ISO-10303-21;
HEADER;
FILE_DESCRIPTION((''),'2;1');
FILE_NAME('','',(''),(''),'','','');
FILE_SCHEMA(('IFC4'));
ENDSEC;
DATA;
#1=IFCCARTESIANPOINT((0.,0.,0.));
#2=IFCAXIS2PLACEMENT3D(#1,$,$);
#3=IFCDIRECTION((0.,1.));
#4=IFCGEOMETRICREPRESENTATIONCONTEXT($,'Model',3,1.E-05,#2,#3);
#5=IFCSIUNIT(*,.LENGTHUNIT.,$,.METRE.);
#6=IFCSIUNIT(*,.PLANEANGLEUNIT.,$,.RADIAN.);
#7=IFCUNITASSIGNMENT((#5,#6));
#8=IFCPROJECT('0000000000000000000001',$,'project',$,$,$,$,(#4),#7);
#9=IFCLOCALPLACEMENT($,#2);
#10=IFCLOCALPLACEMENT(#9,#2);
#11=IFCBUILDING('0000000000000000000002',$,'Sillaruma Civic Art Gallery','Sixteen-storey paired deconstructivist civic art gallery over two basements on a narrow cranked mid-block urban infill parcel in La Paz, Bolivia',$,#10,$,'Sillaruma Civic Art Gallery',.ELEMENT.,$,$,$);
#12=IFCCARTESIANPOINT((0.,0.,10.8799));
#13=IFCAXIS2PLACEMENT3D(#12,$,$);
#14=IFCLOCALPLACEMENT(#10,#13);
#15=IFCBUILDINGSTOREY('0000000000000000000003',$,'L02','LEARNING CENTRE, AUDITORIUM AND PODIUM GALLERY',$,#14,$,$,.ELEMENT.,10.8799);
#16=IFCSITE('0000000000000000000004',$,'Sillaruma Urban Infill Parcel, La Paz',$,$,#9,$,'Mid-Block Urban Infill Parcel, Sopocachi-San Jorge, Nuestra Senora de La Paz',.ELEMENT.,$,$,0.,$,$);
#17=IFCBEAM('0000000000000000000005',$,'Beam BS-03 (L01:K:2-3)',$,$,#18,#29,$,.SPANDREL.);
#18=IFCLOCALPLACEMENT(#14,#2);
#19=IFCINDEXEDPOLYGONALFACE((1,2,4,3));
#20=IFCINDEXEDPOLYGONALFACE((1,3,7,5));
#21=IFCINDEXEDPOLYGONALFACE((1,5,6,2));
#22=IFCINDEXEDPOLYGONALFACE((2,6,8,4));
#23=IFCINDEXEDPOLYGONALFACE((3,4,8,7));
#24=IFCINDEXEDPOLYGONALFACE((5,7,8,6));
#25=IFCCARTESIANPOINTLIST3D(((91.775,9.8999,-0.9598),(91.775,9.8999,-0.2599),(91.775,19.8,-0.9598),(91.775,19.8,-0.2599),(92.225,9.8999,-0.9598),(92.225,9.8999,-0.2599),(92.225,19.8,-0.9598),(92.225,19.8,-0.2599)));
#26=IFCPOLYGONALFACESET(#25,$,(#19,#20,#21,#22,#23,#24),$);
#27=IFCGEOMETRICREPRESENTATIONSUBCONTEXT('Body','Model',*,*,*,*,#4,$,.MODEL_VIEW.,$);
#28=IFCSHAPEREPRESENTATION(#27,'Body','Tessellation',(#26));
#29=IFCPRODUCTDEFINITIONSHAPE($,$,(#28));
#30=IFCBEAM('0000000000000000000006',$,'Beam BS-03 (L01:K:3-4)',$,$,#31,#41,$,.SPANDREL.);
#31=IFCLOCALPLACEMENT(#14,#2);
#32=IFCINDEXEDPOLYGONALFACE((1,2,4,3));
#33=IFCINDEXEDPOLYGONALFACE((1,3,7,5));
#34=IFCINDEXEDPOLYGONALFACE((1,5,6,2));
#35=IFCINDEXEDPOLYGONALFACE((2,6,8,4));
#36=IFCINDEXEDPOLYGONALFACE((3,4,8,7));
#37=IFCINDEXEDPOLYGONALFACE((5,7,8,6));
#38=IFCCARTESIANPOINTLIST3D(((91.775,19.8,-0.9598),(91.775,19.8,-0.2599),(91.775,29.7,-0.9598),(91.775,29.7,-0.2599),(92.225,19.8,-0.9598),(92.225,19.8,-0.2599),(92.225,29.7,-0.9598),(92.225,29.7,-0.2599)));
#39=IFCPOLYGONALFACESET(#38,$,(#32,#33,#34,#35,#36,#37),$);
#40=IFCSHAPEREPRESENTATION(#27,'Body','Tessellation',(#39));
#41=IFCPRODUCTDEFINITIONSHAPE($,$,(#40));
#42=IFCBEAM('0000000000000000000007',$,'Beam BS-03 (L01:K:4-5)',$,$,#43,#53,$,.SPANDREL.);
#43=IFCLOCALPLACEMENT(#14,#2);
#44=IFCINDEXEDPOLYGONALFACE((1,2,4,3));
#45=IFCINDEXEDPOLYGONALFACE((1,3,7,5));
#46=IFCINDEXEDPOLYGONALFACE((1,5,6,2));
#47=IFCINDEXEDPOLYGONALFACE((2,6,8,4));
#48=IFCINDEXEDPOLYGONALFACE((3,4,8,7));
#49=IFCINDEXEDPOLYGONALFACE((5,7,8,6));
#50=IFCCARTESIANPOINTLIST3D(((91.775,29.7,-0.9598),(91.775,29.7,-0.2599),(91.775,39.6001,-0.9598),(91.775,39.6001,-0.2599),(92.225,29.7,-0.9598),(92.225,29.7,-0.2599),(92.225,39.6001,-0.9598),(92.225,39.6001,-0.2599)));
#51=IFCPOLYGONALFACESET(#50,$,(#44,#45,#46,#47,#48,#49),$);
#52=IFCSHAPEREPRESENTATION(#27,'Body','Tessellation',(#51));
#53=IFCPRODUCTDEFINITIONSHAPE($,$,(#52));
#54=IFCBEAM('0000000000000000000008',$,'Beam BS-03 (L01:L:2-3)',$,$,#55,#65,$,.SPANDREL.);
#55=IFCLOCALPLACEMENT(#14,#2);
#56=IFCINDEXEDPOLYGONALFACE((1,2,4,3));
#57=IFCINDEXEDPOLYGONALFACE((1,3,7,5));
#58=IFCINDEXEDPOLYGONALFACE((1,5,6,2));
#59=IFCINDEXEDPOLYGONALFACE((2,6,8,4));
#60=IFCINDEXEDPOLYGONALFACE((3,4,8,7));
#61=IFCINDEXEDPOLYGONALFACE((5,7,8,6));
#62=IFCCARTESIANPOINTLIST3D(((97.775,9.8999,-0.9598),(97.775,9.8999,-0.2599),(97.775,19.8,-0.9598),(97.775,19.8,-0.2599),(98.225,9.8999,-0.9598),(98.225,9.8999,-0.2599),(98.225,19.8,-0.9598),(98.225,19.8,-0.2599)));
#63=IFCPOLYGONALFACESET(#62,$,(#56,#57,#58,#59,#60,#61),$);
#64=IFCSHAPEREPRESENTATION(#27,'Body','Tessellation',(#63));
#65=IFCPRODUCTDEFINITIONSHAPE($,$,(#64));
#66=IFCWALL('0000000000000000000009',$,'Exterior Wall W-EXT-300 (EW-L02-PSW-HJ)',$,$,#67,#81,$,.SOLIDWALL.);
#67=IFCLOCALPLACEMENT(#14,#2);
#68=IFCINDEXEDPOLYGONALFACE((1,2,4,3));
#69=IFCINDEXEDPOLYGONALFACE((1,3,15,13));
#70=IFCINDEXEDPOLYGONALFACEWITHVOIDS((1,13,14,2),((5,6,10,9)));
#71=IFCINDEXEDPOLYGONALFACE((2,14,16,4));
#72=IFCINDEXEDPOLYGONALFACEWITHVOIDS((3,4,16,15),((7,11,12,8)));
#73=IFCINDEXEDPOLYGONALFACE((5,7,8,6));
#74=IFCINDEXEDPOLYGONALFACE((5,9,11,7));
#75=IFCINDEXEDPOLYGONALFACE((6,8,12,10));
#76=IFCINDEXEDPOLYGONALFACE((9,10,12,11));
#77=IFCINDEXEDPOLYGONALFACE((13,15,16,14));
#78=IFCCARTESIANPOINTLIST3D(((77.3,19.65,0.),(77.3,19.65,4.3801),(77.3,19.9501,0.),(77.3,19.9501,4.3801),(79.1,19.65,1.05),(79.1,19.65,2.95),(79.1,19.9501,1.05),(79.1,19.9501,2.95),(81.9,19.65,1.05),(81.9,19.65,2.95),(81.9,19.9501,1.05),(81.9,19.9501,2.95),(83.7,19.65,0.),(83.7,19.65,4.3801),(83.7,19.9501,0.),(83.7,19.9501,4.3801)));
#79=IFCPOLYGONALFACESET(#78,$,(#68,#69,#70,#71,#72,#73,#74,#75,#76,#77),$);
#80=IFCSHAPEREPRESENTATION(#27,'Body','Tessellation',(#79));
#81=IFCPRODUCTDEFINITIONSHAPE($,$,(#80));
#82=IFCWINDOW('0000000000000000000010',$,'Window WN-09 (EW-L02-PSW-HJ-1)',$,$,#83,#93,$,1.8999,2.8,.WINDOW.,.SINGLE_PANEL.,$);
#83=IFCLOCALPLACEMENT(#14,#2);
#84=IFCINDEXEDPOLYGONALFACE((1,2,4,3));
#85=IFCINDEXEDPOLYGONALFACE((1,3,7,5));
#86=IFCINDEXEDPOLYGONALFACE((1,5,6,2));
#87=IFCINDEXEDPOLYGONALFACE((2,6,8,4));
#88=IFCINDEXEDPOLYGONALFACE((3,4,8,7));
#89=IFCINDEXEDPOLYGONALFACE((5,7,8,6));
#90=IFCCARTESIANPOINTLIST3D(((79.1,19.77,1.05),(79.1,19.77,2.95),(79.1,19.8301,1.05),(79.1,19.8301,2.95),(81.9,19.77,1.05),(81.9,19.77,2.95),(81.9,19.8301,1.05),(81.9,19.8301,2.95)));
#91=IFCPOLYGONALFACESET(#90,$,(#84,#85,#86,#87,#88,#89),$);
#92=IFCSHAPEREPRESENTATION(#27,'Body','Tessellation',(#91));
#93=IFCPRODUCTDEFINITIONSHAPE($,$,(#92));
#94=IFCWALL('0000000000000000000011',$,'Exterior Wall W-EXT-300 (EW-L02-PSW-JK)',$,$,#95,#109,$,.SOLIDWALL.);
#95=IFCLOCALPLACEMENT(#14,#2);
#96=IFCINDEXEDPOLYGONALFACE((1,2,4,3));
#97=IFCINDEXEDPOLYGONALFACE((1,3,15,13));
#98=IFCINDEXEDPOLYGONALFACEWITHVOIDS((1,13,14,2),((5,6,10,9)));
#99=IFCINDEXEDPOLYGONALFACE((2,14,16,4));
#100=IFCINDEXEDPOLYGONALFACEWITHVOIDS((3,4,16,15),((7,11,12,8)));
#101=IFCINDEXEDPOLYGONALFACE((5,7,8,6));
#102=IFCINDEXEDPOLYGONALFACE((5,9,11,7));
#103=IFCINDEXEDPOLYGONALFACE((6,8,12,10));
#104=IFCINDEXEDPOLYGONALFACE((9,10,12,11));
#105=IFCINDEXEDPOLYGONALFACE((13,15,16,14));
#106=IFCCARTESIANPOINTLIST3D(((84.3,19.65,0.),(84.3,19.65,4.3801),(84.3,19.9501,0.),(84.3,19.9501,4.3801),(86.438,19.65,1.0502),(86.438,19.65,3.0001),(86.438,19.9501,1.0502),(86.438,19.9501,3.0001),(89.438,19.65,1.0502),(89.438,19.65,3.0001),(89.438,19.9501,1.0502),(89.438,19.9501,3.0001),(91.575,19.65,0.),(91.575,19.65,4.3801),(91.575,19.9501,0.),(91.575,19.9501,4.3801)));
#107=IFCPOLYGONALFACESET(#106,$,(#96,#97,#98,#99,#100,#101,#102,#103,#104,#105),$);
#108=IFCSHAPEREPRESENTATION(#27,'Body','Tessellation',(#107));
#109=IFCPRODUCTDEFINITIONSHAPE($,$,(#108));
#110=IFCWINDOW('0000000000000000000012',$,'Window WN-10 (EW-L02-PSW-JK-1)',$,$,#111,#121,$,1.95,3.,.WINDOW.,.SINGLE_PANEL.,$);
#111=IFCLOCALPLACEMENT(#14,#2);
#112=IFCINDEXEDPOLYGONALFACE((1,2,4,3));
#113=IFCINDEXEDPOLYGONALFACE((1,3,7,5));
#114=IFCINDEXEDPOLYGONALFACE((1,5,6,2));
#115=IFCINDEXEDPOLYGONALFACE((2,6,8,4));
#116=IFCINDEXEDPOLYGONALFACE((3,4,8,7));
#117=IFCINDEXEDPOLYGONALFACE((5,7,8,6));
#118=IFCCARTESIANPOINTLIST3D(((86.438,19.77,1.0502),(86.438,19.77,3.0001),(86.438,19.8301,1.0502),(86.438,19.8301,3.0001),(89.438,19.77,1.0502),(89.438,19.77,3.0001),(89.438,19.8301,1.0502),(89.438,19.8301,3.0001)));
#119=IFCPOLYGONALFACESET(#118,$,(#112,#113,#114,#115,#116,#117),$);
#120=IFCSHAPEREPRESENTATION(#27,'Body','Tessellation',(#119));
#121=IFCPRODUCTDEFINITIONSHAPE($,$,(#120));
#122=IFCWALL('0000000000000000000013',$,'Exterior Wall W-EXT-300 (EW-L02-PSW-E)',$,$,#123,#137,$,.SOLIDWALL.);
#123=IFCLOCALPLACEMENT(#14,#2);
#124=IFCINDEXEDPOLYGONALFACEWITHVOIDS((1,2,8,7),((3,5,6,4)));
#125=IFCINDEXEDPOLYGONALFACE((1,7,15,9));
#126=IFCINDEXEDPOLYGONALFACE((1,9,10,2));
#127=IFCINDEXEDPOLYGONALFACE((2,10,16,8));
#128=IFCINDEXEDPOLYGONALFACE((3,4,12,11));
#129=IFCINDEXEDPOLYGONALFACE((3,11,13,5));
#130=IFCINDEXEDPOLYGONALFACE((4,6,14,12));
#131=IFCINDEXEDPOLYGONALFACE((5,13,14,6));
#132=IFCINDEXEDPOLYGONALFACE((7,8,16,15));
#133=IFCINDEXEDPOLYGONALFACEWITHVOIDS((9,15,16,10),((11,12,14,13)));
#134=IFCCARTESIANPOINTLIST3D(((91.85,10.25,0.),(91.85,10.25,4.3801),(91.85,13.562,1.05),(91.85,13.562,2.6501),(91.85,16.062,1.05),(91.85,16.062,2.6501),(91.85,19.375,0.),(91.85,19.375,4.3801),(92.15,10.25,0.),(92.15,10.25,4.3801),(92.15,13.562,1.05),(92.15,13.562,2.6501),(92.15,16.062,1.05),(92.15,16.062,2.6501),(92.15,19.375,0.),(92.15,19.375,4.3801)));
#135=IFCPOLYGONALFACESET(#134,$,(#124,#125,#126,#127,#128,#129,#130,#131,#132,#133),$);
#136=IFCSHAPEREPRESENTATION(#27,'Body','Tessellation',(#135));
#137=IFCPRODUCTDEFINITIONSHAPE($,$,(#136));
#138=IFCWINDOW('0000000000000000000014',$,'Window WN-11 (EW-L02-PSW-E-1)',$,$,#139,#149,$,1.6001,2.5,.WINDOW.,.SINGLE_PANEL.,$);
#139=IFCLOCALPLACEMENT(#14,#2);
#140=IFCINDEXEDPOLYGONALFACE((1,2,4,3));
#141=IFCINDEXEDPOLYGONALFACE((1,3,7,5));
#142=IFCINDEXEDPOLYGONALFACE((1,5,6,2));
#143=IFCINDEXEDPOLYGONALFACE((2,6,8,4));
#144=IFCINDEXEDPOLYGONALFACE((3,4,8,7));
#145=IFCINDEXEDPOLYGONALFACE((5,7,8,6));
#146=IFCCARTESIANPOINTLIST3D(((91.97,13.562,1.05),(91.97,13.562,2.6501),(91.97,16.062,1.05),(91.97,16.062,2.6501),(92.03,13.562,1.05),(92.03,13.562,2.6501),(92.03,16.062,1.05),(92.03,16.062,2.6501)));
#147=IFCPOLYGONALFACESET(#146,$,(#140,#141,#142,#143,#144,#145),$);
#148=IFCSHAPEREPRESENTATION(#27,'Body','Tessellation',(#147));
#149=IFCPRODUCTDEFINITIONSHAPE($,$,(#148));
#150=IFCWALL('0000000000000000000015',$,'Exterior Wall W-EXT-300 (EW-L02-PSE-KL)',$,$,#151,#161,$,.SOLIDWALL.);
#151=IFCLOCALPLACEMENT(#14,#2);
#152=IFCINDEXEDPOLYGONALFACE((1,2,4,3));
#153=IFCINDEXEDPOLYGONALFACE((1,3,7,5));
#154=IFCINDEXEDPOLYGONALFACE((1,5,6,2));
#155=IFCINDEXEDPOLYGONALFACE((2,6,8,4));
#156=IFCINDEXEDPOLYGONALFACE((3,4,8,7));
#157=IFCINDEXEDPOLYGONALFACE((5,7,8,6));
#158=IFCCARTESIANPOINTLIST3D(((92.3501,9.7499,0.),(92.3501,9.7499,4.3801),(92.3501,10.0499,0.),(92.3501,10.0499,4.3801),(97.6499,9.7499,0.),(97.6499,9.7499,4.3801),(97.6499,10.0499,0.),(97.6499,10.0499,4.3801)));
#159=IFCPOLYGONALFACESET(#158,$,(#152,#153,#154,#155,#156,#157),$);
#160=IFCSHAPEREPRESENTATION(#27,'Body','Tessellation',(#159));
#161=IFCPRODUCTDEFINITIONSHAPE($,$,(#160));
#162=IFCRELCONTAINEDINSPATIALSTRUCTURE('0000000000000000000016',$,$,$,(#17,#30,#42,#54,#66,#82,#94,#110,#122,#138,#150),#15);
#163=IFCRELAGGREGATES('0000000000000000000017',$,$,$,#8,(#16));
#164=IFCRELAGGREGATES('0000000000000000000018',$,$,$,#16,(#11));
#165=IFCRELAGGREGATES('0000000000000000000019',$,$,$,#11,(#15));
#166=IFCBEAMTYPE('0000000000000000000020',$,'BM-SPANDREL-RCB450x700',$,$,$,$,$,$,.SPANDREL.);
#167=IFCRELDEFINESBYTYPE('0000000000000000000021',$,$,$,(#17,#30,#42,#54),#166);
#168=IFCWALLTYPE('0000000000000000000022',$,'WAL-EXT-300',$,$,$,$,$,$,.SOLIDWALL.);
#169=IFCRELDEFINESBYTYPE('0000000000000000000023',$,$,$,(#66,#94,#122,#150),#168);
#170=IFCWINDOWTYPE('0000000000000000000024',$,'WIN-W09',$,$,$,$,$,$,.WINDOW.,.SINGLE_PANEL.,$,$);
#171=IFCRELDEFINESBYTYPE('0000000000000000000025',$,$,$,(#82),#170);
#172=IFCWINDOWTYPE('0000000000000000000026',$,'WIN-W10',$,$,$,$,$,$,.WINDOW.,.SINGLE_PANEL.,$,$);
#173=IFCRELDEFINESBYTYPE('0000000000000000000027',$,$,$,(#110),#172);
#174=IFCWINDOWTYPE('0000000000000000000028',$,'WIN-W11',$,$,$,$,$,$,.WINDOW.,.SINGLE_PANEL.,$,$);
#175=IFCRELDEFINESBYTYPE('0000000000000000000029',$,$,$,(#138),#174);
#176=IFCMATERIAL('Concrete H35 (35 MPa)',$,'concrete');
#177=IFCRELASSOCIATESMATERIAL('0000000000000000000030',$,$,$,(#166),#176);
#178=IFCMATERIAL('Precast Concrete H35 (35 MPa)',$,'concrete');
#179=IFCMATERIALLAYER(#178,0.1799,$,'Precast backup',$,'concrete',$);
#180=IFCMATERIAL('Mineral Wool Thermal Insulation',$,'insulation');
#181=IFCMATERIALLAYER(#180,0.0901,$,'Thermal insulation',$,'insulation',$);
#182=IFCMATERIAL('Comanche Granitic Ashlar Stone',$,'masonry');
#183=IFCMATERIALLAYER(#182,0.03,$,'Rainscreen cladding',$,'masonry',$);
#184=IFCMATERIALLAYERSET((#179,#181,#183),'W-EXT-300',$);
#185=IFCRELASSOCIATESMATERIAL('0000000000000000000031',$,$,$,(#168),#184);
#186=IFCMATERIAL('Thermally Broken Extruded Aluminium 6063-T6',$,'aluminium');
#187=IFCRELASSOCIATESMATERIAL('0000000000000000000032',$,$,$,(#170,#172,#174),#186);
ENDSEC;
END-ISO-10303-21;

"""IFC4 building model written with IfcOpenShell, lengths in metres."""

from ifc_helpers import new_model, si_unit, direction, frame, frame_2d, origin, origin_2d, place, context, subcontext, project, spatial, rectangle, extrude, material, layer, layer_set, material_profile, profile_set, type_object, element, fill, save


model = new_model("IFC4")

# Units and contexts
model_context = context("Model", 3, precision=1e-05, world=origin(), true_north=direction((0.0, 1.0)))
body_context = subcontext(model_context, "Body", "Model", "MODEL_VIEW")
ifc_project = project(units=[si_unit("LENGTHUNIT", "METRE"), si_unit("PLANEANGLEUNIT", "RADIAN")], contexts=[model_context])

# Site, building, storey
site_placement = place(None, origin())
site = spatial("IfcSite", under=ifc_project, at=site_placement, Name="Sillaruma Urban Infill Parcel, La Paz", LongName="Mid-Block Urban Infill Parcel, Sopocachi-San Jorge, Nuestra Senora de La Paz", CompositionType="ELEMENT", RefElevation=0.0)
building_placement = place(site_placement, origin())
building = spatial("IfcBuilding", under=site, at=building_placement, Name="Sillaruma Civic Art Gallery", Description="Sixteen-storey paired deconstructivist civic art gallery over two basements on a narrow cranked mid-block urban infill parcel in La Paz, Bolivia", LongName="Sillaruma Civic Art Gallery", CompositionType="ELEMENT")
storey_placement = place(building_placement, frame((0.0, 0.0, 10.8799)))
storey = spatial("IfcBuildingStorey", under=building, at=storey_placement, Name="L02", Description="LEARNING CENTRE, AUDITORIUM AND PODIUM GALLERY", CompositionType="ELEMENT", Elevation=10.8799)

# Beams
ifc_material_1 = material(Name="Concrete H35 (35 MPa)", Category="concrete")
ifc_material_profile_1 = material_profile(ifc_material_1, rectangle(XDim=0.45, YDim=0.7, at=origin_2d()), Name="RCB450x700")
ifc_profile_set_1 = profile_set([ifc_material_profile_1], Name="Concrete H35 (35 MPa)")
beam_type_1 = type_object("IfcBeamType", Name="BM-SPANDREL-RCB450x700", PredefinedType="SPANDREL", material=ifc_profile_set_1)
beam_1_placement = place(storey_placement, frame((92.0, 9.8999, -0.6099), z_axis=(0.0, 1.0, 0.0), x_axis=(-1.0, 0.0, 0.0)))
element("IfcBeam", 1, at=beam_1_placement, inside=storey, type_object=beam_type_1, Name="Beam BS-03 (L01:K:2-3)", PredefinedType="SPANDREL", context=body_context, shape_type="SweptSolid", body=[
    extrude(rectangle(XDim=0.45, YDim=0.7, at=origin_2d()), origin(), (0.0, 0.0, 1.0), 9.9001),
])
beam_2_placement = place(storey_placement, frame((92.0, 19.8, -0.6099), z_axis=(0.0, 1.0, 0.0), x_axis=(-1.0, 0.0, 0.0)))
element("IfcBeam", 2, at=beam_2_placement, inside=storey, type_object=beam_type_1, Name="Beam BS-03 (L01:K:3-4)", PredefinedType="SPANDREL", context=body_context, shape_type="SweptSolid", body=[
    extrude(rectangle(XDim=0.45, YDim=0.7, at=origin_2d()), origin(), (0.0, 0.0, 1.0), 9.8999),
])
for number, where, z_axis, x_axis, name in (
    (3, (92.0, 29.7, -0.6099), (0.0, 1.0, 0.0), (-1.0, 0.0, 0.0), "Beam BS-03 (L01:K:4-5)"),
    (4, (98.0, 9.8999, -0.6099), (0.0, 1.0, 0.0), (-1.0, 0.0, 0.0), "Beam BS-03 (L01:L:2-3)"),
):
    element("IfcBeam", number, at=place(storey_placement, frame(where, z_axis=z_axis, x_axis=x_axis)), inside=storey, type_object=beam_type_1, Name=name, PredefinedType="SPANDREL", context=body_context, shape_type="SweptSolid", body=[
        extrude(rectangle(XDim=0.45, YDim=0.7, at=origin_2d()), origin(), (0.0, 0.0, 1.0), 9.9001),
    ])

# Walls, openings, windows
ifc_material_2 = material(Name="Precast Concrete H35 (35 MPa)", Category="concrete")
ifc_layer_1 = layer(ifc_material_2, 0.1799, Name="Precast backup", Category="concrete")
ifc_material_3 = material(Name="Mineral Wool Thermal Insulation", Category="insulation")
ifc_layer_2 = layer(ifc_material_3, 0.0901, Name="Thermal insulation", Category="insulation")
ifc_material_4 = material(Name="Comanche Granitic Ashlar Stone", Category="masonry")
ifc_layer_3 = layer(ifc_material_4, 0.03, Name="Rainscreen cladding", Category="masonry")
ifc_layer_set_1 = layer_set([ifc_layer_1, ifc_layer_2, ifc_layer_3], Name="W-EXT-300")
wall_type_1 = type_object("IfcWallType", Name="WAL-EXT-300", PredefinedType="SOLIDWALL", material=ifc_layer_set_1)
wall_1_placement = place(storey_placement, frame((77.3, 19.8, 0.0), z_axis=(0.0, 0.0, 1.0), x_axis=(1.0, 0.0, 0.0)))
wall_1 = element("IfcWall", 5, at=wall_1_placement, inside=storey, type_object=wall_type_1, Name="Exterior Wall W-EXT-300 (EW-L02-PSW-HJ)", PredefinedType="SOLIDWALL", context=body_context, shape_type="SweptSolid", body=[
    extrude(rectangle(XDim=6.3999, YDim=0.3, at=frame_2d((3.2, 0.0))), origin(), (0.0, 0.0, 1.0), 4.3801),
])
opening_1_placement = place(wall_1_placement, frame((1.8, 0.0, 1.05)))
opening_1 = element("IfcOpeningElement", 6, at=opening_1_placement, cuts=wall_1, PredefinedType="OPENING", context=body_context, shape_type="SweptSolid", body=[
    extrude(rectangle(XDim=2.8, YDim=1.8999, at=frame_2d((1.3999, 0.95))), frame((0.0, 0.1599, 0.0), z_axis=(0.0, -1.0, 0.0), x_axis=(1.0, 0.0, 0.0)), (0.0, 0.0, 1.0), 0.3201),
])
ifc_material_5 = material(Name="Thermally Broken Extruded Aluminium 6063-T6", Category="aluminium")
window_type_1 = type_object("IfcWindowType", Name="WIN-W09", PartitioningType="SINGLE_PANEL", PredefinedType="WINDOW", material=ifc_material_5)
window_1_placement = place(opening_1_placement, origin())
window_1 = element("IfcWindow", 7, at=window_1_placement, inside=storey, type_object=window_type_1, Name="Window WN-09 (EW-L02-PSW-HJ-1)", OverallHeight=1.8999, OverallWidth=2.8, PartitioningType="SINGLE_PANEL", PredefinedType="WINDOW", context=body_context, shape_type="SweptSolid", body=[
    extrude(rectangle(XDim=2.8, YDim=1.8999, at=frame_2d((1.3999, 0.95))), frame((0.0, 0.03, 0.0), z_axis=(0.0, -1.0, 0.0), x_axis=(1.0, 0.0, 0.0)), (0.0, 0.0, 1.0), 0.0601),
])
fill(opening_1, window_1)
wall_2_placement = place(storey_placement, frame((84.3, 19.8, 0.0), z_axis=(0.0, 0.0, 1.0), x_axis=(1.0, 0.0, 0.0)))
wall_2 = element("IfcWall", 8, at=wall_2_placement, inside=storey, type_object=wall_type_1, Name="Exterior Wall W-EXT-300 (EW-L02-PSW-JK)", PredefinedType="SOLIDWALL", context=body_context, shape_type="SweptSolid", body=[
    extrude(rectangle(XDim=7.2749, YDim=0.3, at=frame_2d((3.6375, 0.0))), origin(), (0.0, 0.0, 1.0), 4.3801),
])
opening_2_placement = place(wall_2_placement, frame((2.1379, 0.0, 1.05)))
opening_2 = element("IfcOpeningElement", 9, at=opening_2_placement, cuts=wall_2, PredefinedType="OPENING", context=body_context, shape_type="SweptSolid", body=[
    extrude(rectangle(XDim=3.0, YDim=1.95, at=frame_2d((1.5, 0.9751))), frame((0.0, 0.1599, 0.0), z_axis=(0.0, -1.0, 0.0), x_axis=(1.0, 0.0, 0.0)), (0.0, 0.0, 1.0), 0.3201),
])
window_type_2 = type_object("IfcWindowType", Name="WIN-W10", PartitioningType="SINGLE_PANEL", PredefinedType="WINDOW", material=ifc_material_5)
window_2_placement = place(opening_2_placement, origin())
window_2 = element("IfcWindow", 10, at=window_2_placement, inside=storey, type_object=window_type_2, Name="Window WN-10 (EW-L02-PSW-JK-1)", OverallHeight=1.95, OverallWidth=3.0, PartitioningType="SINGLE_PANEL", PredefinedType="WINDOW", context=body_context, shape_type="SweptSolid", body=[
    extrude(rectangle(XDim=3.0, YDim=1.95, at=frame_2d((1.5, 0.9751))), frame((0.0, 0.03, 0.0), z_axis=(0.0, -1.0, 0.0), x_axis=(1.0, 0.0, 0.0)), (0.0, 0.0, 1.0), 0.0601),
])
fill(opening_2, window_2)
wall_3_placement = place(storey_placement, frame((92.0, 10.25, 0.0), z_axis=(0.0, 0.0, 1.0), x_axis=(0.0, 1.0, 0.0)))
wall_3 = element("IfcWall", 11, at=wall_3_placement, inside=storey, type_object=wall_type_1, Name="Exterior Wall W-EXT-300 (EW-L02-PSW-E)", PredefinedType="SOLIDWALL", context=body_context, shape_type="SweptSolid", body=[
    extrude(rectangle(XDim=9.125, YDim=0.3, at=frame_2d((4.5625, 0.0))), origin(), (0.0, 0.0, 1.0), 4.3801),
])
opening_3_placement = place(wall_3_placement, frame((3.312, 0.0, 1.05)))
opening_3 = element("IfcOpeningElement", 12, at=opening_3_placement, cuts=wall_3, PredefinedType="OPENING", context=body_context, shape_type="SweptSolid", body=[
    extrude(rectangle(XDim=2.5, YDim=1.6001, at=frame_2d((1.25, 0.8))), frame((0.0, 0.1599, 0.0), z_axis=(0.0, -1.0, 0.0), x_axis=(1.0, 0.0, 0.0)), (0.0, 0.0, 1.0), 0.3201),
])
window_type_3 = type_object("IfcWindowType", Name="WIN-W11", PartitioningType="SINGLE_PANEL", PredefinedType="WINDOW", material=ifc_material_5)
window_3_placement = place(opening_3_placement, origin())
window_3 = element("IfcWindow", 13, at=window_3_placement, inside=storey, type_object=window_type_3, Name="Window WN-11 (EW-L02-PSW-E-1)", OverallHeight=1.6001, OverallWidth=2.5, PartitioningType="SINGLE_PANEL", PredefinedType="WINDOW", context=body_context, shape_type="SweptSolid", body=[
    extrude(rectangle(XDim=2.5, YDim=1.6001, at=frame_2d((1.25, 0.8))), frame((0.0, 0.03, 0.0), z_axis=(0.0, -1.0, 0.0), x_axis=(1.0, 0.0, 0.0)), (0.0, 0.0, 1.0), 0.0601),
])
fill(opening_3, window_3)

# Wall
wall_4_placement = place(storey_placement, frame((92.3501, 9.8999, 0.0), z_axis=(0.0, 0.0, 1.0), x_axis=(1.0, 0.0, 0.0)))
element("IfcWall", 14, at=wall_4_placement, inside=storey, type_object=wall_type_1, Name="Exterior Wall W-EXT-300 (EW-L02-PSE-KL)", PredefinedType="SOLIDWALL", context=body_context, shape_type="SweptSolid", body=[
    extrude(rectangle(XDim=5.2998, YDim=0.3, at=frame_2d((2.6499, 0.0))), origin(), (0.0, 0.0, 1.0), 4.3801),
])

save(model, "model.ifc")
